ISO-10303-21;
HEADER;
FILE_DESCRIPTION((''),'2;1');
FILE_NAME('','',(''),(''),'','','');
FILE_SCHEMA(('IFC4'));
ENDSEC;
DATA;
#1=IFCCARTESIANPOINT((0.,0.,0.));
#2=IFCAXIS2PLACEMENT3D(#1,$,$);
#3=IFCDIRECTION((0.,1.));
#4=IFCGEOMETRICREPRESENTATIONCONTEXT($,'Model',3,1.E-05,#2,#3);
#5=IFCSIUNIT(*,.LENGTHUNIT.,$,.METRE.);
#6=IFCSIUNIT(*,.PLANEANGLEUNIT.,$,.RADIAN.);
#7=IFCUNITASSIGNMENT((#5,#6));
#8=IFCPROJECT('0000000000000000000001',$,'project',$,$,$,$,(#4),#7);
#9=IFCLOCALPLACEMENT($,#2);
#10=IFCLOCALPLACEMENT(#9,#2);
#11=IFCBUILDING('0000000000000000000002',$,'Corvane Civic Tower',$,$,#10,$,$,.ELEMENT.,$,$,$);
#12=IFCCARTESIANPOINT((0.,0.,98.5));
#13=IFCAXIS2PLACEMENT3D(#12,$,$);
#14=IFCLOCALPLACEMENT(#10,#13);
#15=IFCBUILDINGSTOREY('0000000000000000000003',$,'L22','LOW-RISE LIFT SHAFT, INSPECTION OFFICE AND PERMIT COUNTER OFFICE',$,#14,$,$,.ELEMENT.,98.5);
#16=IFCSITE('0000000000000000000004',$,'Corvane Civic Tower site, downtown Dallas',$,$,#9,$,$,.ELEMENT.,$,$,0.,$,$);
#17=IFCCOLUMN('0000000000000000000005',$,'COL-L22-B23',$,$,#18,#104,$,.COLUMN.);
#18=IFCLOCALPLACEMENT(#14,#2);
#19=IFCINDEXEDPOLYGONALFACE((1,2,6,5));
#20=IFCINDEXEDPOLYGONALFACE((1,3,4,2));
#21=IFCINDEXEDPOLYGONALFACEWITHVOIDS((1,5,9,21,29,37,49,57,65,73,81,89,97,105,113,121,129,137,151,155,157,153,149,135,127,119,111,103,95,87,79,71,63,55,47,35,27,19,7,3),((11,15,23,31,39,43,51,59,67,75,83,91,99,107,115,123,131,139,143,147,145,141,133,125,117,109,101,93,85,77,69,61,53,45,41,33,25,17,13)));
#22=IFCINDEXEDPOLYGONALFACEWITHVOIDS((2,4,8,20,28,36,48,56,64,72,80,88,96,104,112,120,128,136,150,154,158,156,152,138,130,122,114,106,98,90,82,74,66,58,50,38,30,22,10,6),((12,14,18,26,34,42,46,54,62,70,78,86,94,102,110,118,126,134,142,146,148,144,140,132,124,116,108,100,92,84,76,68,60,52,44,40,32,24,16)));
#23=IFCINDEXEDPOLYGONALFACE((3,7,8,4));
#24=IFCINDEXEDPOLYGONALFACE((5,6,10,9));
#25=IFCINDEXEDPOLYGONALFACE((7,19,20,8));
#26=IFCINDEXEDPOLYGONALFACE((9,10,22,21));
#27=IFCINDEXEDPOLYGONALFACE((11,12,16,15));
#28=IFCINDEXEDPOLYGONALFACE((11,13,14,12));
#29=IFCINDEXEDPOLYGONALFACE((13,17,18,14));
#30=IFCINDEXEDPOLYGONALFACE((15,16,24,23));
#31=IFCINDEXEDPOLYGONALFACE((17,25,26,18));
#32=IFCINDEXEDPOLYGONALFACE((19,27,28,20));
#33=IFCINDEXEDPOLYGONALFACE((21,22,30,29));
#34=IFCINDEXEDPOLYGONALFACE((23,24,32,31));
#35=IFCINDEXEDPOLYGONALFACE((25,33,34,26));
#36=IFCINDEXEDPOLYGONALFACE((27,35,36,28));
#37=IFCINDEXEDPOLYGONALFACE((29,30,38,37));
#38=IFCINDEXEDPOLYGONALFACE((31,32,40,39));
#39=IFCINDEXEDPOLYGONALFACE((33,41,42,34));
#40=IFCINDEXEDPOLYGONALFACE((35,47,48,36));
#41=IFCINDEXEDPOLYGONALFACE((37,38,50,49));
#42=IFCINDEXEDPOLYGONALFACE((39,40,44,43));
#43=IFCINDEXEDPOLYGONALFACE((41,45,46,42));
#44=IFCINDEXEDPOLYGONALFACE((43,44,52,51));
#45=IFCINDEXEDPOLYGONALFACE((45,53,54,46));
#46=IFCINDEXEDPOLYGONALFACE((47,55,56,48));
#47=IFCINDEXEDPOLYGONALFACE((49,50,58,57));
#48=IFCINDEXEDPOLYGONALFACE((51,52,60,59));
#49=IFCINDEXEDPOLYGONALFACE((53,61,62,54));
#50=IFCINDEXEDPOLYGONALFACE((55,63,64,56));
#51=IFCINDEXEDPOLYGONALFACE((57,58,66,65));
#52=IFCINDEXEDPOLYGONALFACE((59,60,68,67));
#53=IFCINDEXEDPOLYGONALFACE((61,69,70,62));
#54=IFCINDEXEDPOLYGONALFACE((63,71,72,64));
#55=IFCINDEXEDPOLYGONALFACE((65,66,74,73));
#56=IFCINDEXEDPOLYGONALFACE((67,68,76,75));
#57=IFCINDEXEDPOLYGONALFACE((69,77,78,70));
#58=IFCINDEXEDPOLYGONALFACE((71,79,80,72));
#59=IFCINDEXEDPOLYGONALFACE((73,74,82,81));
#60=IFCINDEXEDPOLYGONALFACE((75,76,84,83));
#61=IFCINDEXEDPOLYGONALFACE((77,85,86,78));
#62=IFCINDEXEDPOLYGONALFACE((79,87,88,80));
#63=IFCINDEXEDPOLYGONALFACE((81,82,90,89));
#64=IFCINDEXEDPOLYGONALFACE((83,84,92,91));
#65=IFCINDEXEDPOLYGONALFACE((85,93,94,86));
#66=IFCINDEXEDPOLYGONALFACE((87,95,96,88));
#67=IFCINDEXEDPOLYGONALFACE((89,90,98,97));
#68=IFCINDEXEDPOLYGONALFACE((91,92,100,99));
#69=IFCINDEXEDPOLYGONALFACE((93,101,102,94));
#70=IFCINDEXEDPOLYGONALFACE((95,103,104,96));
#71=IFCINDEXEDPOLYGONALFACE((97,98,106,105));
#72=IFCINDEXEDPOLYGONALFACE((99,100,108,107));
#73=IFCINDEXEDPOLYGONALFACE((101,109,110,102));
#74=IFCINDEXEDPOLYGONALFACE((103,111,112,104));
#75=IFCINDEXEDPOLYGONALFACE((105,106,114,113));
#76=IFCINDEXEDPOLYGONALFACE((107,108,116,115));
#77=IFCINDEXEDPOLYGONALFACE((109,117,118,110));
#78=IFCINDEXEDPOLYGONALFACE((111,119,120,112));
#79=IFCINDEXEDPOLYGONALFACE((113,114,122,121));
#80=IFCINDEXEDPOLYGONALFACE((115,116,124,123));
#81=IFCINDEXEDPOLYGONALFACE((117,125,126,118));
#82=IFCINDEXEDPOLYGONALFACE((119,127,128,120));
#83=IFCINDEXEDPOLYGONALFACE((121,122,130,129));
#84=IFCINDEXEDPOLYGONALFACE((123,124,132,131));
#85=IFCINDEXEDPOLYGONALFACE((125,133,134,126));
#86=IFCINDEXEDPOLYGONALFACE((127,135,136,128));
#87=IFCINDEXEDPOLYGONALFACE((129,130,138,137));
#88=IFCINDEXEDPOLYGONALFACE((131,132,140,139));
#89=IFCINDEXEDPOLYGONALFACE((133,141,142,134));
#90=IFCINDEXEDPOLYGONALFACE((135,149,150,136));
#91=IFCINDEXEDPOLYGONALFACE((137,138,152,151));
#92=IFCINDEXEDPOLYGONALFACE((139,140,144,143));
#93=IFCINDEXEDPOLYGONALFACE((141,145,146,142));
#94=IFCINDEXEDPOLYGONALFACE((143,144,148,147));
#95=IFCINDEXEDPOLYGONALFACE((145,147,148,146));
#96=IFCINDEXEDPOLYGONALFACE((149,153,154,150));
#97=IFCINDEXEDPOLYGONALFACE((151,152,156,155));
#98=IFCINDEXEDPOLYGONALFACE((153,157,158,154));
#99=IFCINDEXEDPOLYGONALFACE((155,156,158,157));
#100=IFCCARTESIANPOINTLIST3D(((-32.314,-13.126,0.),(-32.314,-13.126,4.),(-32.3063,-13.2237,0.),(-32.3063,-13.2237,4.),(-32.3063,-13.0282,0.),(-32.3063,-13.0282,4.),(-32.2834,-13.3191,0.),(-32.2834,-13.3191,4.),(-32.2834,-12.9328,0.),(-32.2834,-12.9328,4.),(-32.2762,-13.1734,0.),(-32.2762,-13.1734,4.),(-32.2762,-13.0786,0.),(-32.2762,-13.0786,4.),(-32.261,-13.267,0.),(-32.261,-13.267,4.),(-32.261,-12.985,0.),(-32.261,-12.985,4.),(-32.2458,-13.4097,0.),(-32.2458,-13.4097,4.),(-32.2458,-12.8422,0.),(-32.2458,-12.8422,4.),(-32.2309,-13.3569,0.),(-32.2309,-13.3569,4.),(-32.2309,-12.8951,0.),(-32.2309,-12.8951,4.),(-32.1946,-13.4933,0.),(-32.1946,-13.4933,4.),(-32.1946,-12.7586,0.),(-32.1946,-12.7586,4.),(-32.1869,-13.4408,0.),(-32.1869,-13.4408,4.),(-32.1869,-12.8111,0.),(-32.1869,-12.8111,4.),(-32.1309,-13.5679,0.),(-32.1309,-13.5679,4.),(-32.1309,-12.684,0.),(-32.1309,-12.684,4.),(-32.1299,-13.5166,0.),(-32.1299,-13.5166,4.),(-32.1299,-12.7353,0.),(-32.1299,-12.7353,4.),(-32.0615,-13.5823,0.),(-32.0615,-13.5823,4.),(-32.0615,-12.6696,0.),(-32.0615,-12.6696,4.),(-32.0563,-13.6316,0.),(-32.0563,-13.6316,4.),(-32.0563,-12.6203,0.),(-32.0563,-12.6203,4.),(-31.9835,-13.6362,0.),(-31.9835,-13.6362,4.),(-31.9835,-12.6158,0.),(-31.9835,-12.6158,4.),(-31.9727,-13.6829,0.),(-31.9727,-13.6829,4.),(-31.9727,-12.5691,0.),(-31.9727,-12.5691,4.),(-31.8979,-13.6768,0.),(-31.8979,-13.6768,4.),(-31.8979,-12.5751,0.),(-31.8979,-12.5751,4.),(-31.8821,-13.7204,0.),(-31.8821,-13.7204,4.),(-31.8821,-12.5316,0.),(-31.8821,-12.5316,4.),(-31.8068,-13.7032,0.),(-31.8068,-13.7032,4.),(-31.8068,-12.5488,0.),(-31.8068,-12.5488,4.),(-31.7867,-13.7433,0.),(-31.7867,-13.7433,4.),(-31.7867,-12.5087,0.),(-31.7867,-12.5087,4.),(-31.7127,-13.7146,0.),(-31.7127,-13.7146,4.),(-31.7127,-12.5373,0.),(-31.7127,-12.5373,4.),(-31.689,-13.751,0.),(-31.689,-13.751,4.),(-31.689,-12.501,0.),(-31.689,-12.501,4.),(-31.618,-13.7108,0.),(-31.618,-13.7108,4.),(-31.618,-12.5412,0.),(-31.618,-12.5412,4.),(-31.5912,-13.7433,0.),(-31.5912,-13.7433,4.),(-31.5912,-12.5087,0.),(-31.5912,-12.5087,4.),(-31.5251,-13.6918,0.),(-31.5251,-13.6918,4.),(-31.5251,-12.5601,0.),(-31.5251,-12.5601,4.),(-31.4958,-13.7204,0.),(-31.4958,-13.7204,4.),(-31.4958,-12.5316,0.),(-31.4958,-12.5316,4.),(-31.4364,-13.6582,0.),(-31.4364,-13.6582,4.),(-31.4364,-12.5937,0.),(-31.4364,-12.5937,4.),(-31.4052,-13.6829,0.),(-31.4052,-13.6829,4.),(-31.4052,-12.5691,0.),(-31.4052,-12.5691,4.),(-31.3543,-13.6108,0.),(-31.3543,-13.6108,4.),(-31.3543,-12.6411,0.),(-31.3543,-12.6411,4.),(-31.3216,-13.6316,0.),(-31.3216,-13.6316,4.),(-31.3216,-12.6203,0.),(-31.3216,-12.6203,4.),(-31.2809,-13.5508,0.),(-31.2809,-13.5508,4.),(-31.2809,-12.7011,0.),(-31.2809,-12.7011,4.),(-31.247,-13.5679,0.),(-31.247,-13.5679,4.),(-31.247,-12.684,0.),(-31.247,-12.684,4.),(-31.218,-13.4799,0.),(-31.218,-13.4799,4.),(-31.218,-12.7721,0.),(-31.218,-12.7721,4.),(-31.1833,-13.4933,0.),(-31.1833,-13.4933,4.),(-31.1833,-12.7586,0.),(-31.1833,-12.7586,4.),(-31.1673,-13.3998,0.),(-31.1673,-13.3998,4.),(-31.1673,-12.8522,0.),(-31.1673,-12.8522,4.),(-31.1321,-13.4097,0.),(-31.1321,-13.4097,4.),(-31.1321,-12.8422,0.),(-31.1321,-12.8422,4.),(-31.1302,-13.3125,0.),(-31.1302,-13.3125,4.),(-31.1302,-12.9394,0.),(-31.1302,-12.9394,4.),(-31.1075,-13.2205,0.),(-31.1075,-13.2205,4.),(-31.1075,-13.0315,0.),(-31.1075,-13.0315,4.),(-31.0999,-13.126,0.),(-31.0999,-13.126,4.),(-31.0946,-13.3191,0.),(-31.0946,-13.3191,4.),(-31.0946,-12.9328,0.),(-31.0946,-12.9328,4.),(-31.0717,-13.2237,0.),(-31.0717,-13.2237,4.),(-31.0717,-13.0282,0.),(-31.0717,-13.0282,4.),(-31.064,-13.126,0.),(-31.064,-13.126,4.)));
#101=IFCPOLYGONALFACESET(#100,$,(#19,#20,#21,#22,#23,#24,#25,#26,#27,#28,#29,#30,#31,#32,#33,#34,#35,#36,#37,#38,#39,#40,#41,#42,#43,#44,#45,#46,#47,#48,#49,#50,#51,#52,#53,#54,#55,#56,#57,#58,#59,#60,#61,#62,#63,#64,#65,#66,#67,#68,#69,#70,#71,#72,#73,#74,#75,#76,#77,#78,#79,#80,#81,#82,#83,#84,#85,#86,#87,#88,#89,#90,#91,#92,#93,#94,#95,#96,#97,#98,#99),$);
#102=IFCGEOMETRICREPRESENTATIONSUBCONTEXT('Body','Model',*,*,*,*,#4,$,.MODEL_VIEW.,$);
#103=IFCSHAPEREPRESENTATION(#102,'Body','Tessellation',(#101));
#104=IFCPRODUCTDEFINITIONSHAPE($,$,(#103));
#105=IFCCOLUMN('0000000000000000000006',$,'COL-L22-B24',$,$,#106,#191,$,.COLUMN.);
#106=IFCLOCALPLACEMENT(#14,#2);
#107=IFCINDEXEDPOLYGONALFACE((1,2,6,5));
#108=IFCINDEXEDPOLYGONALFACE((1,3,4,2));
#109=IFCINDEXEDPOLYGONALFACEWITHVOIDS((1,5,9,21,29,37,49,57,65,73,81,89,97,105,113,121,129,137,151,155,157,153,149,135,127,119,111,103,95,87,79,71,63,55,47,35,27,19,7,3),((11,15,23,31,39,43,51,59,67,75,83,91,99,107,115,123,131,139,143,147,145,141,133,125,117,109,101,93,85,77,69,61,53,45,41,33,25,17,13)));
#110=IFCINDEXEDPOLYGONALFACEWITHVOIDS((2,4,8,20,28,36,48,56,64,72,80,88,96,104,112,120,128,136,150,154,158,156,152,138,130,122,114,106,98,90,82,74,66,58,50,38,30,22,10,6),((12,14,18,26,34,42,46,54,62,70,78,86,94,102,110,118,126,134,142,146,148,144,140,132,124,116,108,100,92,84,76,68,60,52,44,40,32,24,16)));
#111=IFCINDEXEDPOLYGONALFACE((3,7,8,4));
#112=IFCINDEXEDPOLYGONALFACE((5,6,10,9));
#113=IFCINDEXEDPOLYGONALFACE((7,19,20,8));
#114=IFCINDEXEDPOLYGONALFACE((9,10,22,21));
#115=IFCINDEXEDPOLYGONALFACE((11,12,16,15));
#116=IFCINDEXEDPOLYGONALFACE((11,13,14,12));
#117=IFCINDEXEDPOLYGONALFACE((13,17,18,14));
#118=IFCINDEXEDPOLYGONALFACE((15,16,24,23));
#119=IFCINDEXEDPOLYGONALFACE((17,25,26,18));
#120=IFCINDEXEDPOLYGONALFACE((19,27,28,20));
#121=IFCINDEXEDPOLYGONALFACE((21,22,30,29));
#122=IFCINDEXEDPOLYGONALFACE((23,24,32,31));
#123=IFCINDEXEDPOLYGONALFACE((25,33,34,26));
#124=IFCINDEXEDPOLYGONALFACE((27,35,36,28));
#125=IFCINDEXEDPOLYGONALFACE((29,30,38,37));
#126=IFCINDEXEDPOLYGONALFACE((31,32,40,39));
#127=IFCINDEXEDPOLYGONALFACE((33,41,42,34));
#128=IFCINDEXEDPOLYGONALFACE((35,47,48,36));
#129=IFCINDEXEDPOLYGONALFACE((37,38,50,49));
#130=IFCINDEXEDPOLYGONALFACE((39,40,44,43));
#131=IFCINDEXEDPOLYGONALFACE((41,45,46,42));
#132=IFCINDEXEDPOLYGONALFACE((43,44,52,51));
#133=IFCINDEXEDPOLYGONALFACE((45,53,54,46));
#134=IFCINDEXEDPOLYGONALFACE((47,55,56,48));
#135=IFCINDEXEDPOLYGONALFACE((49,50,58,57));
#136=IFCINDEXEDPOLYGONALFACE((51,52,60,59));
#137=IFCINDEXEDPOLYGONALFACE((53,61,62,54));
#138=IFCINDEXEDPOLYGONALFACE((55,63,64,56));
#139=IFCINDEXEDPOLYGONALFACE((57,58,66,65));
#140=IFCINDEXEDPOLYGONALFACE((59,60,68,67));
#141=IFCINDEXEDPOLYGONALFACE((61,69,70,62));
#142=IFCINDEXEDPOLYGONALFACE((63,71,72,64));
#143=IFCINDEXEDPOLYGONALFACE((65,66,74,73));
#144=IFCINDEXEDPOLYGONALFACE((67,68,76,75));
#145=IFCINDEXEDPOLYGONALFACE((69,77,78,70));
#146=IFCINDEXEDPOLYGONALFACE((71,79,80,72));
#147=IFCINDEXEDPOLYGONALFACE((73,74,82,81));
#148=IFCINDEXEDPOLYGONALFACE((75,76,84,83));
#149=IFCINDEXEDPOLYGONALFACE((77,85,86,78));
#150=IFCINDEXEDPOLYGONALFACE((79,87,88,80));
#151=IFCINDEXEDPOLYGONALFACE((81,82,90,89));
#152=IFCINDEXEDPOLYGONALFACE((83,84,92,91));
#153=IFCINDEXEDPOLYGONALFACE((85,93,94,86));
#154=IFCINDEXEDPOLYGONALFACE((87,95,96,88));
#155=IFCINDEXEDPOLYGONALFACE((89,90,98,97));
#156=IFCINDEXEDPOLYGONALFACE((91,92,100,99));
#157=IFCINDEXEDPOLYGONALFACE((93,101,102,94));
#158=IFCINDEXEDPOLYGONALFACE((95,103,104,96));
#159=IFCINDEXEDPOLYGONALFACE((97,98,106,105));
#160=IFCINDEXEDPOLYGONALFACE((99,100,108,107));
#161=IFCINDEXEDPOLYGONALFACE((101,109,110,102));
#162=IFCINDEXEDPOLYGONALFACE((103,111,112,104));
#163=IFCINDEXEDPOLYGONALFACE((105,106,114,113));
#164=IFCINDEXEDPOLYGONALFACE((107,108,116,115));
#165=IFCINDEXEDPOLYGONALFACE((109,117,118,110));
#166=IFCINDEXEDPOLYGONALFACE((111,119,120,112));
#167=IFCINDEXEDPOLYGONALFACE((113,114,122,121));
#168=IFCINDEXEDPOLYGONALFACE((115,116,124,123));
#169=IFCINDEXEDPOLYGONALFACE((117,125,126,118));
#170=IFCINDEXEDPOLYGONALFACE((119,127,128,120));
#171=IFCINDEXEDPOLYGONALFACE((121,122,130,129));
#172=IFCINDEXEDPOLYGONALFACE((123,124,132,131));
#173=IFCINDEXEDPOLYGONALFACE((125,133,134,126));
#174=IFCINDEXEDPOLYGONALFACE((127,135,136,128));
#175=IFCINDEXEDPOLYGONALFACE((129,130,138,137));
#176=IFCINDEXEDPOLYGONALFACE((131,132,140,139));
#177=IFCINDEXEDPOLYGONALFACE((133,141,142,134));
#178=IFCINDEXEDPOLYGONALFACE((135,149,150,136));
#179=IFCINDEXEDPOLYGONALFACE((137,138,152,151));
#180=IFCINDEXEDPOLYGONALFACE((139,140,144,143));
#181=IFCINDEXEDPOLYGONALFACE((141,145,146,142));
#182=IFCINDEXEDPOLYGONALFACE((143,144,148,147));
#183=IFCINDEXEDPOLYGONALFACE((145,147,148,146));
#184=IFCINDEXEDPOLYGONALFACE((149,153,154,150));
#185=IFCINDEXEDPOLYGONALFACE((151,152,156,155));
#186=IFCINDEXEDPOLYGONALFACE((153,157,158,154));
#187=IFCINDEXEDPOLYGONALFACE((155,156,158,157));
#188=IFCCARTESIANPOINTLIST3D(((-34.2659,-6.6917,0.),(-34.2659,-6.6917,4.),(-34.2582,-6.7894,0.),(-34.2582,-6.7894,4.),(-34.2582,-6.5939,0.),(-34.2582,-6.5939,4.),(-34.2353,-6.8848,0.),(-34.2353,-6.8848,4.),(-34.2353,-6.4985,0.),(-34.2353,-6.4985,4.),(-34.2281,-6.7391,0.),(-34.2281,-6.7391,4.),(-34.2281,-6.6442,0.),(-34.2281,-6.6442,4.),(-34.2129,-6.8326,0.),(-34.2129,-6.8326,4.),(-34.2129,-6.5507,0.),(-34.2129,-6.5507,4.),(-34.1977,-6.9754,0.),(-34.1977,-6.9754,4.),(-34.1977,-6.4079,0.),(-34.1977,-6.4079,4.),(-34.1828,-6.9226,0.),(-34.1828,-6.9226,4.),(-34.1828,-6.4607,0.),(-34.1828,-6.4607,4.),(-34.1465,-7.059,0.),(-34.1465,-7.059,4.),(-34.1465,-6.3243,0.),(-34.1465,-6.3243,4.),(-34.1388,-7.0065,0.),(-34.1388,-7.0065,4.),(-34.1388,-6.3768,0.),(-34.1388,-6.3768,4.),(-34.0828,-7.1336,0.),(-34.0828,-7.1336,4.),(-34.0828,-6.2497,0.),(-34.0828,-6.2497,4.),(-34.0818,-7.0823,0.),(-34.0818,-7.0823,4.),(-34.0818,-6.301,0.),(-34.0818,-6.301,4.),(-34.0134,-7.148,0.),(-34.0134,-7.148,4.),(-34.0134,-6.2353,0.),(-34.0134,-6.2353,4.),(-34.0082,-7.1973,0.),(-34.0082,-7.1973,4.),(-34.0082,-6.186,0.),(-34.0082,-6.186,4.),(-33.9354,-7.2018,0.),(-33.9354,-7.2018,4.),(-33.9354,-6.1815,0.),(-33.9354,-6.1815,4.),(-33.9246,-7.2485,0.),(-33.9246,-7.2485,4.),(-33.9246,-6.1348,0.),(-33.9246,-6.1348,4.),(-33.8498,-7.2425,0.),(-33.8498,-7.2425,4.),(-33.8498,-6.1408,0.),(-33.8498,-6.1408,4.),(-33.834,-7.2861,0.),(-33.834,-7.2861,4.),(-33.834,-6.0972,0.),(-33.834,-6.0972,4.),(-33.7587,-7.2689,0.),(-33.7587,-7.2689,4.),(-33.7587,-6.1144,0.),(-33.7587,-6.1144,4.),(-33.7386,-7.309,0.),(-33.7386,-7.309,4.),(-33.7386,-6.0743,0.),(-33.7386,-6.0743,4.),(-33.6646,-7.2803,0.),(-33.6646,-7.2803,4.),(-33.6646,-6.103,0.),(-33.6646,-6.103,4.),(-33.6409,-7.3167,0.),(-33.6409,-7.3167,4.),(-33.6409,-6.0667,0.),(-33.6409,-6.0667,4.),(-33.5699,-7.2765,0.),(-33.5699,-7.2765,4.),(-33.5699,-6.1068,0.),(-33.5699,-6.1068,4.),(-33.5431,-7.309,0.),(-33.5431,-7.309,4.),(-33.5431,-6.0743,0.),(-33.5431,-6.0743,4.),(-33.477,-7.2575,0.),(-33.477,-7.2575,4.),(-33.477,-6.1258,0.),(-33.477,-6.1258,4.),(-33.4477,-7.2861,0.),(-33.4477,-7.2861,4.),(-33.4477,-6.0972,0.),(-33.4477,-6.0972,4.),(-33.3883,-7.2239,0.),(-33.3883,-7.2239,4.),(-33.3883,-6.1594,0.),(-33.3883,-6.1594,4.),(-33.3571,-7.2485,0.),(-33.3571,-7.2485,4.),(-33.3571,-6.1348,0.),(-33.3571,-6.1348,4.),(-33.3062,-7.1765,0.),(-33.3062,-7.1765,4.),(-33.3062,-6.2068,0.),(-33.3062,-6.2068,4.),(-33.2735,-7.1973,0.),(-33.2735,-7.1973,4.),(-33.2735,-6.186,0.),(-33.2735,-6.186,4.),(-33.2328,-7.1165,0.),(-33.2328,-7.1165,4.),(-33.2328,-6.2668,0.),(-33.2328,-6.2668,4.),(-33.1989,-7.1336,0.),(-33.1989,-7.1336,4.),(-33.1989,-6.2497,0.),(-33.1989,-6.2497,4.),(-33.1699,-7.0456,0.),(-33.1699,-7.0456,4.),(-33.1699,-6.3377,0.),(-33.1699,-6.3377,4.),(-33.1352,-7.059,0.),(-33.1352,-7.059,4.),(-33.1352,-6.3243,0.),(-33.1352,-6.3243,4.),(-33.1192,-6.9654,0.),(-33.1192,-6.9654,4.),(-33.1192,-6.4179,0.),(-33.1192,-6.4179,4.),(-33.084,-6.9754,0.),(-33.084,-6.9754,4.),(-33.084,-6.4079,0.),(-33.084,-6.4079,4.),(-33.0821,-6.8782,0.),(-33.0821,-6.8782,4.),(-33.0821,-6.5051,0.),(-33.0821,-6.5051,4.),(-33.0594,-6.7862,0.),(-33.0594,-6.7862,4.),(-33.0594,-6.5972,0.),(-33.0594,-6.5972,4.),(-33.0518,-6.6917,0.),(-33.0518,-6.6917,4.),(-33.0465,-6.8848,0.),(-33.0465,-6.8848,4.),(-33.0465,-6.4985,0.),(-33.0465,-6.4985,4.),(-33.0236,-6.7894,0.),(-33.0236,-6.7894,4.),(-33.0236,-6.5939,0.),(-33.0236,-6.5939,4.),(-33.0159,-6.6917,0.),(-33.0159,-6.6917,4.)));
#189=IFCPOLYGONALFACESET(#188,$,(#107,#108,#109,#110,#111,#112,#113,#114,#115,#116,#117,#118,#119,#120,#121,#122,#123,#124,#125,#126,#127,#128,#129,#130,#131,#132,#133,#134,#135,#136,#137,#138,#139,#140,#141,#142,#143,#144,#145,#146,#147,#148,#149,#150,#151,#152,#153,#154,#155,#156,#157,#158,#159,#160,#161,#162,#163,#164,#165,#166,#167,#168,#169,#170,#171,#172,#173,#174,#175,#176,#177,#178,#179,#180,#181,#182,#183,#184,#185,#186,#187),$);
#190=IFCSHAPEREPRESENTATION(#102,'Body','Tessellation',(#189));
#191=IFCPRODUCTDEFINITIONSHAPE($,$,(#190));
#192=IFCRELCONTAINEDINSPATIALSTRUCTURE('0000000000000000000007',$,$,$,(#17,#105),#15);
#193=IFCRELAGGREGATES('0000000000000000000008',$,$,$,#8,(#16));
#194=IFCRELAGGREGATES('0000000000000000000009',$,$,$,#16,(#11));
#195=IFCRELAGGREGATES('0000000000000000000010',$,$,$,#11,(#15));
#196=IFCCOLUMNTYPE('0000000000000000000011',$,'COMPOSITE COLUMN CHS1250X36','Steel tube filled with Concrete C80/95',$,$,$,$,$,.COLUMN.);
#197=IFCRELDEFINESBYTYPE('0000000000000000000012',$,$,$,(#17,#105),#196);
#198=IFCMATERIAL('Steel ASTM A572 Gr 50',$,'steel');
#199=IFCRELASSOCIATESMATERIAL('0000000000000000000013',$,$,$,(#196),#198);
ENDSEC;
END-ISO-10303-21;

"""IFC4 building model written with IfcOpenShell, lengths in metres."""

from ifc_helpers import new_model, si_unit, direction, frame, origin, origin_2d, place, context, subcontext, project, spatial, hollow_circle, extrude, material, material_profile, profile_set, type_object, element, save


model = new_model("IFC4")

# Units and contexts
model_context = context("Model", 3, precision=1e-05, world=origin(), true_north=direction((0.0, 1.0)))
body_context = subcontext(model_context, "Body", "Model", "MODEL_VIEW")
ifc_project = project(units=[si_unit("LENGTHUNIT", "METRE"), si_unit("PLANEANGLEUNIT", "RADIAN")], contexts=[model_context])

# Site, building, storey
site_placement = place(None, origin())
site = spatial("IfcSite", under=ifc_project, at=site_placement, Name="Corvane Civic Tower site, downtown Dallas", CompositionType="ELEMENT", RefElevation=0.0)
building_placement = place(site_placement, origin())
building = spatial("IfcBuilding", under=site, at=building_placement, Name="Corvane Civic Tower", CompositionType="ELEMENT")
storey_placement = place(building_placement, frame((0.0, 0.0, 98.5)))
storey = spatial("IfcBuildingStorey", under=building, at=storey_placement, Name="L22", Description="LOW-RISE LIFT SHAFT, INSPECTION OFFICE AND PERMIT COUNTER OFFICE", CompositionType="ELEMENT", Elevation=98.5)

# Columns
ifc_material_1 = material(Name="Steel ASTM A572 Gr 50", Category="steel")
ifc_material_profile_1 = material_profile(ifc_material_1, hollow_circle(Radius=0.625, WallThickness=0.0359, at=origin_2d()), Name="CHS1250X36")
ifc_profile_set_1 = profile_set([ifc_material_profile_1], Name="Steel ASTM A572 Gr 50")
column_type = type_object("IfcColumnType", Name="COMPOSITE COLUMN CHS1250X36", Description="Steel tube filled with Concrete C80/95", PredefinedType="COLUMN", material=ifc_profile_set_1)
for number, where, z_axis, x_axis, name in (
    (1, (-31.689, -13.126, 0.0), (0.0, 0.0, 1.0), (1.0, 0.0, 0.0), "COL-L22-B23"),
    (2, (-33.6409, -6.6917, 0.0), (0.0, 0.0, 1.0), (1.0, 0.0, 0.0), "COL-L22-B24"),
):
    element("IfcColumn", number, at=place(storey_placement, frame(where, z_axis=z_axis, x_axis=x_axis)), inside=storey, type_object=column_type, Name=name, PredefinedType="COLUMN", context=body_context, shape_type="SweptSolid", body=[
        extrude(hollow_circle(Radius=0.625, WallThickness=0.0359, at=origin_2d()), origin(), (0.0, 0.0, 1.0), 4.0),
    ])

save(model, "model.ifc")
